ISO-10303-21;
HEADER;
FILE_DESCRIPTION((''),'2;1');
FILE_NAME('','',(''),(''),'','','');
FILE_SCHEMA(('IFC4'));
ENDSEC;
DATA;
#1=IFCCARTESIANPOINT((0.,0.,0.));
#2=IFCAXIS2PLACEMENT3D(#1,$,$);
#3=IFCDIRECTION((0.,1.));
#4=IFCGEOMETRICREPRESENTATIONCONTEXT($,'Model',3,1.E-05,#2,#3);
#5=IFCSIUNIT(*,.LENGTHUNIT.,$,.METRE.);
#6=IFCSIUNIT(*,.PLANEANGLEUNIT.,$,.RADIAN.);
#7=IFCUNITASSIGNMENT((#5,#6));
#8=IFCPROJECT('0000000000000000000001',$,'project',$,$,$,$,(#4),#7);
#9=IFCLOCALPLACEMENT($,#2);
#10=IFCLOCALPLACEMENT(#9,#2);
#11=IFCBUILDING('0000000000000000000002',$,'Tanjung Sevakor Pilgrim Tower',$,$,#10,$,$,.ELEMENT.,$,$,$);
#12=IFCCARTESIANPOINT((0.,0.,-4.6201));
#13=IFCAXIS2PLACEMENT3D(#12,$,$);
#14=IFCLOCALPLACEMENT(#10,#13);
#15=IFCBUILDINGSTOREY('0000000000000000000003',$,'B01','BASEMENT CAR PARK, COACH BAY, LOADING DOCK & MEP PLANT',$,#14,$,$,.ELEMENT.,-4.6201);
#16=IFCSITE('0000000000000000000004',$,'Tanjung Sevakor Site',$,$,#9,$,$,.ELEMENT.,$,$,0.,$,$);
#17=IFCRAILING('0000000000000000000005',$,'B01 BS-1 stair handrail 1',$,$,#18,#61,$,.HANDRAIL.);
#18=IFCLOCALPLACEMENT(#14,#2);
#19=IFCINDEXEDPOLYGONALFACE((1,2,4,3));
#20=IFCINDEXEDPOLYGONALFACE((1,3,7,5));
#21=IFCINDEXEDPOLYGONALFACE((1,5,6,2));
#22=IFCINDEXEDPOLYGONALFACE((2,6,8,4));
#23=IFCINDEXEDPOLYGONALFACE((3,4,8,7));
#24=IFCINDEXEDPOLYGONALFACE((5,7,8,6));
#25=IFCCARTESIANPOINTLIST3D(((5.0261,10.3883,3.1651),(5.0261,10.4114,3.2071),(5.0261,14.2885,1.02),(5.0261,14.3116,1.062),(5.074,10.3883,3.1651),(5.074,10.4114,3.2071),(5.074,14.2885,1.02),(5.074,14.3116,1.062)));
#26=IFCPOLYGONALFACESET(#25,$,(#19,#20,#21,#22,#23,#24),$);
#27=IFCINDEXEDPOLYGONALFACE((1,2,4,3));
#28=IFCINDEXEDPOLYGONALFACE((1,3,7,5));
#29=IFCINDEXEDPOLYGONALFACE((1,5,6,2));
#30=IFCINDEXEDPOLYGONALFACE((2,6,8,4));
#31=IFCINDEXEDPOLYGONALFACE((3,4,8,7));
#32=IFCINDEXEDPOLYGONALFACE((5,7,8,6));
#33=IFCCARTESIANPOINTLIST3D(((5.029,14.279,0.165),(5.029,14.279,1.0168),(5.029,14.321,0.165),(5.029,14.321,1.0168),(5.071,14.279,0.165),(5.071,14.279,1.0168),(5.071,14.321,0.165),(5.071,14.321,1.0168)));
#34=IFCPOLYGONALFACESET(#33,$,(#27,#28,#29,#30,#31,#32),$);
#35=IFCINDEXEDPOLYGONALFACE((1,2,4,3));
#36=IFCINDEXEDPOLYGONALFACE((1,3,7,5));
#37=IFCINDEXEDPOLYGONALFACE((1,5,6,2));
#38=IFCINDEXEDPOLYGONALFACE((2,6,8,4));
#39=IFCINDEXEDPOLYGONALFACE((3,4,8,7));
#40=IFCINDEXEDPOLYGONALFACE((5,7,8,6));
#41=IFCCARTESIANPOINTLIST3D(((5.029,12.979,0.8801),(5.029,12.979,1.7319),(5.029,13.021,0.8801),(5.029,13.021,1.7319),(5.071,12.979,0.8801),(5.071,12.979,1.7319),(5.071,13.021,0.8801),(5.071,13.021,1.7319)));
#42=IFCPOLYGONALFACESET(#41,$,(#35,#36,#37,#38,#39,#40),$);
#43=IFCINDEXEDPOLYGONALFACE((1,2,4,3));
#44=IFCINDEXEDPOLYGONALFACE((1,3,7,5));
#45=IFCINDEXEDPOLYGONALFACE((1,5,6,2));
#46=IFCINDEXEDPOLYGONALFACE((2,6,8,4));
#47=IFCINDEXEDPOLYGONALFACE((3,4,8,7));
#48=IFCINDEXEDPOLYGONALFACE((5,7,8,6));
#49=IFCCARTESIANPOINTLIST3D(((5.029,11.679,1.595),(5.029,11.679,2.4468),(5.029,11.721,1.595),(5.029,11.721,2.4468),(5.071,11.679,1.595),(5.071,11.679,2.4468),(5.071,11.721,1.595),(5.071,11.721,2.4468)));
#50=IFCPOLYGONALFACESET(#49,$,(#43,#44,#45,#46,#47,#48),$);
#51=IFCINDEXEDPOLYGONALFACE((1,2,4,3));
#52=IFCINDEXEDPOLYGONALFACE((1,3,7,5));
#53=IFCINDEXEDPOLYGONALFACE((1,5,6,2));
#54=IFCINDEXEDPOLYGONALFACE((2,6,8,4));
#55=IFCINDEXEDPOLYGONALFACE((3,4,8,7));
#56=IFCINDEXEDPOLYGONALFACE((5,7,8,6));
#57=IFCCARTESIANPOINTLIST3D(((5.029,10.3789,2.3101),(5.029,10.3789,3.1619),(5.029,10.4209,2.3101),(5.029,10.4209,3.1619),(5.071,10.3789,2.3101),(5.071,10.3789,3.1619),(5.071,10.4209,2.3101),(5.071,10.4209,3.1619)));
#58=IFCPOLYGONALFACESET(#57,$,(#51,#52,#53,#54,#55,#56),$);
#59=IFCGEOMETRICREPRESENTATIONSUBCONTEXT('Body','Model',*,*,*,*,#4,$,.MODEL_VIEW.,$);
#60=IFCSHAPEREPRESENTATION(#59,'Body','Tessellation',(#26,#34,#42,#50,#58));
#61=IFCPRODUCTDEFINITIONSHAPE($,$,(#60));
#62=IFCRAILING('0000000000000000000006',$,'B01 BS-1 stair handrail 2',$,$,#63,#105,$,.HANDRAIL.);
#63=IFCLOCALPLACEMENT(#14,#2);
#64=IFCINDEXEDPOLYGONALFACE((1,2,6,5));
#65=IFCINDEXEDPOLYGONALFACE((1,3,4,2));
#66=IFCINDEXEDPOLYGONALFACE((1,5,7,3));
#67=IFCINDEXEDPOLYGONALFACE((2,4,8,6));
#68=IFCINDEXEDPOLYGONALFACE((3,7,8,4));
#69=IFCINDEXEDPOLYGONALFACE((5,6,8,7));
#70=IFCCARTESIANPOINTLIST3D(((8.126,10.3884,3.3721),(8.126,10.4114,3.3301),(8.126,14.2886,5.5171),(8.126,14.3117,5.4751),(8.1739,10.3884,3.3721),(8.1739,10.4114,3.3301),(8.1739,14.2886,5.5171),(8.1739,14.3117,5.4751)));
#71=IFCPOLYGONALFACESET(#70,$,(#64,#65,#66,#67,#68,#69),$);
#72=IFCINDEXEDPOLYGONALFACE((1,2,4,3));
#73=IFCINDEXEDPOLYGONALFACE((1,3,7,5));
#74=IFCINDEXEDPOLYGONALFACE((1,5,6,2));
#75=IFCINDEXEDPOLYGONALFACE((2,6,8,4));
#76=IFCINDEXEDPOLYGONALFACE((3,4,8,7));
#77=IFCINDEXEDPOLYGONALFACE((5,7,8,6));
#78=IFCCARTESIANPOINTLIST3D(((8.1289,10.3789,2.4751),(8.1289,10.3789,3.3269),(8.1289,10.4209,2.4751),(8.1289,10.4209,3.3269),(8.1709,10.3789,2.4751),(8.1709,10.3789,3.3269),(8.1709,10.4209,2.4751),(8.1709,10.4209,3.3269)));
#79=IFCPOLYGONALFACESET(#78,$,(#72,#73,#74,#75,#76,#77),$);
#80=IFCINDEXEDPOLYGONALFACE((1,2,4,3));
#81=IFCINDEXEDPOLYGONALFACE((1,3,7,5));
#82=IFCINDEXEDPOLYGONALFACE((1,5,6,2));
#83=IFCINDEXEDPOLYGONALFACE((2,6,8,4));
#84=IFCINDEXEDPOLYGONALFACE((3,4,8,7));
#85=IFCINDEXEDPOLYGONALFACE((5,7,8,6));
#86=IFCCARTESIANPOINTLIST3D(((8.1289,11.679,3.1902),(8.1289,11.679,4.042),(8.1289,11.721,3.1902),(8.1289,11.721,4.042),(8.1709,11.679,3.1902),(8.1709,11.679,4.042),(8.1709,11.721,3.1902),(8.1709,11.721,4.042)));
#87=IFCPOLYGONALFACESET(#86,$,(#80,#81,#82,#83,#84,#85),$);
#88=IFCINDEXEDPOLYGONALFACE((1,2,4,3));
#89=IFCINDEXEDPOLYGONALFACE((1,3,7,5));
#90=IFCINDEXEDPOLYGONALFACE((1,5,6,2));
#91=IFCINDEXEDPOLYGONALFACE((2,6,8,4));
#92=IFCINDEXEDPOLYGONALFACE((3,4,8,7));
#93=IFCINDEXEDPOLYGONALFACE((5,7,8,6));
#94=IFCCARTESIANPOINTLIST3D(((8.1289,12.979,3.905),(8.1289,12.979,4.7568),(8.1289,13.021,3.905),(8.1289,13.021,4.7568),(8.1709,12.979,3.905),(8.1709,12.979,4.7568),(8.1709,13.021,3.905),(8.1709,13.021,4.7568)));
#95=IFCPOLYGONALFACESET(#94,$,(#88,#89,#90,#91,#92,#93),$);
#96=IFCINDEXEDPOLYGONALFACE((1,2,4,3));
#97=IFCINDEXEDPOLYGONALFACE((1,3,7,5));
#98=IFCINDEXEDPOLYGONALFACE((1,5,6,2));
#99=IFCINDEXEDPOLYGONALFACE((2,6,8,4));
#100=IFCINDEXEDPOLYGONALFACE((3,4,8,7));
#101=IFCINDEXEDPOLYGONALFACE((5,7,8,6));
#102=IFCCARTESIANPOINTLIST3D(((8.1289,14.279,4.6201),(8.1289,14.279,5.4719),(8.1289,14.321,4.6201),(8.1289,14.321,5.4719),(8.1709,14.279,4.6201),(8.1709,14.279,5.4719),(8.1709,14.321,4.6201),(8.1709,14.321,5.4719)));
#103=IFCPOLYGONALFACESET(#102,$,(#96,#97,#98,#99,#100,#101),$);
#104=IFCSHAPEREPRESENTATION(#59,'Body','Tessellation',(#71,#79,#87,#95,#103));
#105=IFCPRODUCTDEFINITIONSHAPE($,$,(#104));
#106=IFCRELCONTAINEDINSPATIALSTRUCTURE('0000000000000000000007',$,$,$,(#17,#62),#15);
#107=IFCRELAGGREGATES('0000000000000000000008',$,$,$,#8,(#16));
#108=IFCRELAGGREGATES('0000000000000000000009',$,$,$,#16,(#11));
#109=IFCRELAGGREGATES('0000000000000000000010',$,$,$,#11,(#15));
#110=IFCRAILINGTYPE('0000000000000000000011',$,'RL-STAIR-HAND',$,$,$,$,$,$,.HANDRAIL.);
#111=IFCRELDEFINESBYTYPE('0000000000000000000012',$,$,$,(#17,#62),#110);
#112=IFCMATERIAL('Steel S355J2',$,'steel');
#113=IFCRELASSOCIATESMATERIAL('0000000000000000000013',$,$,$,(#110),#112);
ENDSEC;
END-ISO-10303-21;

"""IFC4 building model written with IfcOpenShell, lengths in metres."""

from ifc_helpers import new_model, si_unit, direction, frame, origin, place, context, subcontext, project, spatial, rectangle, extrude, material, type_object, element, save


model = new_model("IFC4")

# Units and contexts
model_context = context("Model", 3, precision=1e-05, world=origin(), true_north=direction((0.0, 1.0)))
body_context = subcontext(model_context, "Body", "Model", "MODEL_VIEW")
ifc_project = project(units=[si_unit("LENGTHUNIT", "METRE"), si_unit("PLANEANGLEUNIT", "RADIAN")], contexts=[model_context])

# Site, building, storey
site_placement = place(None, origin())
site = spatial("IfcSite", under=ifc_project, at=site_placement, Name="Tanjung Sevakor Site", CompositionType="ELEMENT", RefElevation=0.0)
building_placement = place(site_placement, origin())
building = spatial("IfcBuilding", under=site, at=building_placement, Name="Tanjung Sevakor Pilgrim Tower", CompositionType="ELEMENT")
storey_placement = place(building_placement, frame((0.0, 0.0, -4.6201)))
storey = spatial("IfcBuildingStorey", under=building, at=storey_placement, Name="B01", Description="BASEMENT CAR PARK, COACH BAY, LOADING DOCK & MEP PLANT", CompositionType="ELEMENT", Elevation=-4.6201)

# Railings
ifc_material_1 = material(Name="Steel S355J2", Category="steel")
railing_type_1 = type_object("IfcRailingType", Name="RL-STAIR-HAND", PredefinedType="HANDRAIL", material=ifc_material_1)
railing_1_placement = place(storey_placement, frame((5.05, 14.3, 0.165)))
element("IfcRailing", 1, at=railing_1_placement, inside=storey, type_object=railing_type_1, Name="B01 BS-1 stair handrail 1", PredefinedType="HANDRAIL", context=body_context, shape_type="SweptSolid", body=[
    extrude(rectangle(XDim=0.0479, YDim=0.0479), frame((0.0, 0.0, 0.876), z_axis=(0.0, -0.876222, 0.481908), x_axis=(1.0, 0.0, 0.0)), (0.0, 0.0, 1.0), 4.4512),
    extrude(rectangle(XDim=0.042, YDim=0.042), origin(), (0.0, 0.0, 1.0), 0.8518),
    extrude(rectangle(XDim=0.042, YDim=0.042), frame((0.0, -1.3, 0.7151)), (0.0, 0.0, 1.0), 0.8518),
    extrude(rectangle(XDim=0.042, YDim=0.042), frame((0.0, -2.6001, 1.4299)), (0.0, 0.0, 1.0), 0.8518),
    extrude(rectangle(XDim=0.042, YDim=0.042), frame((0.0, -3.9001, 2.145)), (0.0, 0.0, 1.0), 0.8518),
])
railing_2_placement = place(storey_placement, frame((8.1499, 10.3999, 2.4751)))
element("IfcRailing", 2, at=railing_2_placement, inside=storey, type_object=railing_type_1, Name="B01 BS-1 stair handrail 2", PredefinedType="HANDRAIL", context=body_context, shape_type="SweptSolid", body=[
    extrude(rectangle(XDim=0.0479, YDim=0.0479), frame((0.0, 0.0, 0.876), z_axis=(0.0, 0.876222, 0.481908), x_axis=(-1.0, 0.0, 0.0)), (0.0, 0.0, 1.0), 4.4512),
    extrude(rectangle(XDim=0.042, YDim=0.042), origin(), (0.0, 0.0, 1.0), 0.8518),
    extrude(rectangle(XDim=0.042, YDim=0.042), frame((0.0, 1.3, 0.7151)), (0.0, 0.0, 1.0), 0.8518),
    extrude(rectangle(XDim=0.042, YDim=0.042), frame((0.0, 2.6001, 1.4299)), (0.0, 0.0, 1.0), 0.8518),
    extrude(rectangle(XDim=0.042, YDim=0.042), frame((0.0, 3.9001, 2.145)), (0.0, 0.0, 1.0), 0.8518),
])

save(model, "model.ifc")
